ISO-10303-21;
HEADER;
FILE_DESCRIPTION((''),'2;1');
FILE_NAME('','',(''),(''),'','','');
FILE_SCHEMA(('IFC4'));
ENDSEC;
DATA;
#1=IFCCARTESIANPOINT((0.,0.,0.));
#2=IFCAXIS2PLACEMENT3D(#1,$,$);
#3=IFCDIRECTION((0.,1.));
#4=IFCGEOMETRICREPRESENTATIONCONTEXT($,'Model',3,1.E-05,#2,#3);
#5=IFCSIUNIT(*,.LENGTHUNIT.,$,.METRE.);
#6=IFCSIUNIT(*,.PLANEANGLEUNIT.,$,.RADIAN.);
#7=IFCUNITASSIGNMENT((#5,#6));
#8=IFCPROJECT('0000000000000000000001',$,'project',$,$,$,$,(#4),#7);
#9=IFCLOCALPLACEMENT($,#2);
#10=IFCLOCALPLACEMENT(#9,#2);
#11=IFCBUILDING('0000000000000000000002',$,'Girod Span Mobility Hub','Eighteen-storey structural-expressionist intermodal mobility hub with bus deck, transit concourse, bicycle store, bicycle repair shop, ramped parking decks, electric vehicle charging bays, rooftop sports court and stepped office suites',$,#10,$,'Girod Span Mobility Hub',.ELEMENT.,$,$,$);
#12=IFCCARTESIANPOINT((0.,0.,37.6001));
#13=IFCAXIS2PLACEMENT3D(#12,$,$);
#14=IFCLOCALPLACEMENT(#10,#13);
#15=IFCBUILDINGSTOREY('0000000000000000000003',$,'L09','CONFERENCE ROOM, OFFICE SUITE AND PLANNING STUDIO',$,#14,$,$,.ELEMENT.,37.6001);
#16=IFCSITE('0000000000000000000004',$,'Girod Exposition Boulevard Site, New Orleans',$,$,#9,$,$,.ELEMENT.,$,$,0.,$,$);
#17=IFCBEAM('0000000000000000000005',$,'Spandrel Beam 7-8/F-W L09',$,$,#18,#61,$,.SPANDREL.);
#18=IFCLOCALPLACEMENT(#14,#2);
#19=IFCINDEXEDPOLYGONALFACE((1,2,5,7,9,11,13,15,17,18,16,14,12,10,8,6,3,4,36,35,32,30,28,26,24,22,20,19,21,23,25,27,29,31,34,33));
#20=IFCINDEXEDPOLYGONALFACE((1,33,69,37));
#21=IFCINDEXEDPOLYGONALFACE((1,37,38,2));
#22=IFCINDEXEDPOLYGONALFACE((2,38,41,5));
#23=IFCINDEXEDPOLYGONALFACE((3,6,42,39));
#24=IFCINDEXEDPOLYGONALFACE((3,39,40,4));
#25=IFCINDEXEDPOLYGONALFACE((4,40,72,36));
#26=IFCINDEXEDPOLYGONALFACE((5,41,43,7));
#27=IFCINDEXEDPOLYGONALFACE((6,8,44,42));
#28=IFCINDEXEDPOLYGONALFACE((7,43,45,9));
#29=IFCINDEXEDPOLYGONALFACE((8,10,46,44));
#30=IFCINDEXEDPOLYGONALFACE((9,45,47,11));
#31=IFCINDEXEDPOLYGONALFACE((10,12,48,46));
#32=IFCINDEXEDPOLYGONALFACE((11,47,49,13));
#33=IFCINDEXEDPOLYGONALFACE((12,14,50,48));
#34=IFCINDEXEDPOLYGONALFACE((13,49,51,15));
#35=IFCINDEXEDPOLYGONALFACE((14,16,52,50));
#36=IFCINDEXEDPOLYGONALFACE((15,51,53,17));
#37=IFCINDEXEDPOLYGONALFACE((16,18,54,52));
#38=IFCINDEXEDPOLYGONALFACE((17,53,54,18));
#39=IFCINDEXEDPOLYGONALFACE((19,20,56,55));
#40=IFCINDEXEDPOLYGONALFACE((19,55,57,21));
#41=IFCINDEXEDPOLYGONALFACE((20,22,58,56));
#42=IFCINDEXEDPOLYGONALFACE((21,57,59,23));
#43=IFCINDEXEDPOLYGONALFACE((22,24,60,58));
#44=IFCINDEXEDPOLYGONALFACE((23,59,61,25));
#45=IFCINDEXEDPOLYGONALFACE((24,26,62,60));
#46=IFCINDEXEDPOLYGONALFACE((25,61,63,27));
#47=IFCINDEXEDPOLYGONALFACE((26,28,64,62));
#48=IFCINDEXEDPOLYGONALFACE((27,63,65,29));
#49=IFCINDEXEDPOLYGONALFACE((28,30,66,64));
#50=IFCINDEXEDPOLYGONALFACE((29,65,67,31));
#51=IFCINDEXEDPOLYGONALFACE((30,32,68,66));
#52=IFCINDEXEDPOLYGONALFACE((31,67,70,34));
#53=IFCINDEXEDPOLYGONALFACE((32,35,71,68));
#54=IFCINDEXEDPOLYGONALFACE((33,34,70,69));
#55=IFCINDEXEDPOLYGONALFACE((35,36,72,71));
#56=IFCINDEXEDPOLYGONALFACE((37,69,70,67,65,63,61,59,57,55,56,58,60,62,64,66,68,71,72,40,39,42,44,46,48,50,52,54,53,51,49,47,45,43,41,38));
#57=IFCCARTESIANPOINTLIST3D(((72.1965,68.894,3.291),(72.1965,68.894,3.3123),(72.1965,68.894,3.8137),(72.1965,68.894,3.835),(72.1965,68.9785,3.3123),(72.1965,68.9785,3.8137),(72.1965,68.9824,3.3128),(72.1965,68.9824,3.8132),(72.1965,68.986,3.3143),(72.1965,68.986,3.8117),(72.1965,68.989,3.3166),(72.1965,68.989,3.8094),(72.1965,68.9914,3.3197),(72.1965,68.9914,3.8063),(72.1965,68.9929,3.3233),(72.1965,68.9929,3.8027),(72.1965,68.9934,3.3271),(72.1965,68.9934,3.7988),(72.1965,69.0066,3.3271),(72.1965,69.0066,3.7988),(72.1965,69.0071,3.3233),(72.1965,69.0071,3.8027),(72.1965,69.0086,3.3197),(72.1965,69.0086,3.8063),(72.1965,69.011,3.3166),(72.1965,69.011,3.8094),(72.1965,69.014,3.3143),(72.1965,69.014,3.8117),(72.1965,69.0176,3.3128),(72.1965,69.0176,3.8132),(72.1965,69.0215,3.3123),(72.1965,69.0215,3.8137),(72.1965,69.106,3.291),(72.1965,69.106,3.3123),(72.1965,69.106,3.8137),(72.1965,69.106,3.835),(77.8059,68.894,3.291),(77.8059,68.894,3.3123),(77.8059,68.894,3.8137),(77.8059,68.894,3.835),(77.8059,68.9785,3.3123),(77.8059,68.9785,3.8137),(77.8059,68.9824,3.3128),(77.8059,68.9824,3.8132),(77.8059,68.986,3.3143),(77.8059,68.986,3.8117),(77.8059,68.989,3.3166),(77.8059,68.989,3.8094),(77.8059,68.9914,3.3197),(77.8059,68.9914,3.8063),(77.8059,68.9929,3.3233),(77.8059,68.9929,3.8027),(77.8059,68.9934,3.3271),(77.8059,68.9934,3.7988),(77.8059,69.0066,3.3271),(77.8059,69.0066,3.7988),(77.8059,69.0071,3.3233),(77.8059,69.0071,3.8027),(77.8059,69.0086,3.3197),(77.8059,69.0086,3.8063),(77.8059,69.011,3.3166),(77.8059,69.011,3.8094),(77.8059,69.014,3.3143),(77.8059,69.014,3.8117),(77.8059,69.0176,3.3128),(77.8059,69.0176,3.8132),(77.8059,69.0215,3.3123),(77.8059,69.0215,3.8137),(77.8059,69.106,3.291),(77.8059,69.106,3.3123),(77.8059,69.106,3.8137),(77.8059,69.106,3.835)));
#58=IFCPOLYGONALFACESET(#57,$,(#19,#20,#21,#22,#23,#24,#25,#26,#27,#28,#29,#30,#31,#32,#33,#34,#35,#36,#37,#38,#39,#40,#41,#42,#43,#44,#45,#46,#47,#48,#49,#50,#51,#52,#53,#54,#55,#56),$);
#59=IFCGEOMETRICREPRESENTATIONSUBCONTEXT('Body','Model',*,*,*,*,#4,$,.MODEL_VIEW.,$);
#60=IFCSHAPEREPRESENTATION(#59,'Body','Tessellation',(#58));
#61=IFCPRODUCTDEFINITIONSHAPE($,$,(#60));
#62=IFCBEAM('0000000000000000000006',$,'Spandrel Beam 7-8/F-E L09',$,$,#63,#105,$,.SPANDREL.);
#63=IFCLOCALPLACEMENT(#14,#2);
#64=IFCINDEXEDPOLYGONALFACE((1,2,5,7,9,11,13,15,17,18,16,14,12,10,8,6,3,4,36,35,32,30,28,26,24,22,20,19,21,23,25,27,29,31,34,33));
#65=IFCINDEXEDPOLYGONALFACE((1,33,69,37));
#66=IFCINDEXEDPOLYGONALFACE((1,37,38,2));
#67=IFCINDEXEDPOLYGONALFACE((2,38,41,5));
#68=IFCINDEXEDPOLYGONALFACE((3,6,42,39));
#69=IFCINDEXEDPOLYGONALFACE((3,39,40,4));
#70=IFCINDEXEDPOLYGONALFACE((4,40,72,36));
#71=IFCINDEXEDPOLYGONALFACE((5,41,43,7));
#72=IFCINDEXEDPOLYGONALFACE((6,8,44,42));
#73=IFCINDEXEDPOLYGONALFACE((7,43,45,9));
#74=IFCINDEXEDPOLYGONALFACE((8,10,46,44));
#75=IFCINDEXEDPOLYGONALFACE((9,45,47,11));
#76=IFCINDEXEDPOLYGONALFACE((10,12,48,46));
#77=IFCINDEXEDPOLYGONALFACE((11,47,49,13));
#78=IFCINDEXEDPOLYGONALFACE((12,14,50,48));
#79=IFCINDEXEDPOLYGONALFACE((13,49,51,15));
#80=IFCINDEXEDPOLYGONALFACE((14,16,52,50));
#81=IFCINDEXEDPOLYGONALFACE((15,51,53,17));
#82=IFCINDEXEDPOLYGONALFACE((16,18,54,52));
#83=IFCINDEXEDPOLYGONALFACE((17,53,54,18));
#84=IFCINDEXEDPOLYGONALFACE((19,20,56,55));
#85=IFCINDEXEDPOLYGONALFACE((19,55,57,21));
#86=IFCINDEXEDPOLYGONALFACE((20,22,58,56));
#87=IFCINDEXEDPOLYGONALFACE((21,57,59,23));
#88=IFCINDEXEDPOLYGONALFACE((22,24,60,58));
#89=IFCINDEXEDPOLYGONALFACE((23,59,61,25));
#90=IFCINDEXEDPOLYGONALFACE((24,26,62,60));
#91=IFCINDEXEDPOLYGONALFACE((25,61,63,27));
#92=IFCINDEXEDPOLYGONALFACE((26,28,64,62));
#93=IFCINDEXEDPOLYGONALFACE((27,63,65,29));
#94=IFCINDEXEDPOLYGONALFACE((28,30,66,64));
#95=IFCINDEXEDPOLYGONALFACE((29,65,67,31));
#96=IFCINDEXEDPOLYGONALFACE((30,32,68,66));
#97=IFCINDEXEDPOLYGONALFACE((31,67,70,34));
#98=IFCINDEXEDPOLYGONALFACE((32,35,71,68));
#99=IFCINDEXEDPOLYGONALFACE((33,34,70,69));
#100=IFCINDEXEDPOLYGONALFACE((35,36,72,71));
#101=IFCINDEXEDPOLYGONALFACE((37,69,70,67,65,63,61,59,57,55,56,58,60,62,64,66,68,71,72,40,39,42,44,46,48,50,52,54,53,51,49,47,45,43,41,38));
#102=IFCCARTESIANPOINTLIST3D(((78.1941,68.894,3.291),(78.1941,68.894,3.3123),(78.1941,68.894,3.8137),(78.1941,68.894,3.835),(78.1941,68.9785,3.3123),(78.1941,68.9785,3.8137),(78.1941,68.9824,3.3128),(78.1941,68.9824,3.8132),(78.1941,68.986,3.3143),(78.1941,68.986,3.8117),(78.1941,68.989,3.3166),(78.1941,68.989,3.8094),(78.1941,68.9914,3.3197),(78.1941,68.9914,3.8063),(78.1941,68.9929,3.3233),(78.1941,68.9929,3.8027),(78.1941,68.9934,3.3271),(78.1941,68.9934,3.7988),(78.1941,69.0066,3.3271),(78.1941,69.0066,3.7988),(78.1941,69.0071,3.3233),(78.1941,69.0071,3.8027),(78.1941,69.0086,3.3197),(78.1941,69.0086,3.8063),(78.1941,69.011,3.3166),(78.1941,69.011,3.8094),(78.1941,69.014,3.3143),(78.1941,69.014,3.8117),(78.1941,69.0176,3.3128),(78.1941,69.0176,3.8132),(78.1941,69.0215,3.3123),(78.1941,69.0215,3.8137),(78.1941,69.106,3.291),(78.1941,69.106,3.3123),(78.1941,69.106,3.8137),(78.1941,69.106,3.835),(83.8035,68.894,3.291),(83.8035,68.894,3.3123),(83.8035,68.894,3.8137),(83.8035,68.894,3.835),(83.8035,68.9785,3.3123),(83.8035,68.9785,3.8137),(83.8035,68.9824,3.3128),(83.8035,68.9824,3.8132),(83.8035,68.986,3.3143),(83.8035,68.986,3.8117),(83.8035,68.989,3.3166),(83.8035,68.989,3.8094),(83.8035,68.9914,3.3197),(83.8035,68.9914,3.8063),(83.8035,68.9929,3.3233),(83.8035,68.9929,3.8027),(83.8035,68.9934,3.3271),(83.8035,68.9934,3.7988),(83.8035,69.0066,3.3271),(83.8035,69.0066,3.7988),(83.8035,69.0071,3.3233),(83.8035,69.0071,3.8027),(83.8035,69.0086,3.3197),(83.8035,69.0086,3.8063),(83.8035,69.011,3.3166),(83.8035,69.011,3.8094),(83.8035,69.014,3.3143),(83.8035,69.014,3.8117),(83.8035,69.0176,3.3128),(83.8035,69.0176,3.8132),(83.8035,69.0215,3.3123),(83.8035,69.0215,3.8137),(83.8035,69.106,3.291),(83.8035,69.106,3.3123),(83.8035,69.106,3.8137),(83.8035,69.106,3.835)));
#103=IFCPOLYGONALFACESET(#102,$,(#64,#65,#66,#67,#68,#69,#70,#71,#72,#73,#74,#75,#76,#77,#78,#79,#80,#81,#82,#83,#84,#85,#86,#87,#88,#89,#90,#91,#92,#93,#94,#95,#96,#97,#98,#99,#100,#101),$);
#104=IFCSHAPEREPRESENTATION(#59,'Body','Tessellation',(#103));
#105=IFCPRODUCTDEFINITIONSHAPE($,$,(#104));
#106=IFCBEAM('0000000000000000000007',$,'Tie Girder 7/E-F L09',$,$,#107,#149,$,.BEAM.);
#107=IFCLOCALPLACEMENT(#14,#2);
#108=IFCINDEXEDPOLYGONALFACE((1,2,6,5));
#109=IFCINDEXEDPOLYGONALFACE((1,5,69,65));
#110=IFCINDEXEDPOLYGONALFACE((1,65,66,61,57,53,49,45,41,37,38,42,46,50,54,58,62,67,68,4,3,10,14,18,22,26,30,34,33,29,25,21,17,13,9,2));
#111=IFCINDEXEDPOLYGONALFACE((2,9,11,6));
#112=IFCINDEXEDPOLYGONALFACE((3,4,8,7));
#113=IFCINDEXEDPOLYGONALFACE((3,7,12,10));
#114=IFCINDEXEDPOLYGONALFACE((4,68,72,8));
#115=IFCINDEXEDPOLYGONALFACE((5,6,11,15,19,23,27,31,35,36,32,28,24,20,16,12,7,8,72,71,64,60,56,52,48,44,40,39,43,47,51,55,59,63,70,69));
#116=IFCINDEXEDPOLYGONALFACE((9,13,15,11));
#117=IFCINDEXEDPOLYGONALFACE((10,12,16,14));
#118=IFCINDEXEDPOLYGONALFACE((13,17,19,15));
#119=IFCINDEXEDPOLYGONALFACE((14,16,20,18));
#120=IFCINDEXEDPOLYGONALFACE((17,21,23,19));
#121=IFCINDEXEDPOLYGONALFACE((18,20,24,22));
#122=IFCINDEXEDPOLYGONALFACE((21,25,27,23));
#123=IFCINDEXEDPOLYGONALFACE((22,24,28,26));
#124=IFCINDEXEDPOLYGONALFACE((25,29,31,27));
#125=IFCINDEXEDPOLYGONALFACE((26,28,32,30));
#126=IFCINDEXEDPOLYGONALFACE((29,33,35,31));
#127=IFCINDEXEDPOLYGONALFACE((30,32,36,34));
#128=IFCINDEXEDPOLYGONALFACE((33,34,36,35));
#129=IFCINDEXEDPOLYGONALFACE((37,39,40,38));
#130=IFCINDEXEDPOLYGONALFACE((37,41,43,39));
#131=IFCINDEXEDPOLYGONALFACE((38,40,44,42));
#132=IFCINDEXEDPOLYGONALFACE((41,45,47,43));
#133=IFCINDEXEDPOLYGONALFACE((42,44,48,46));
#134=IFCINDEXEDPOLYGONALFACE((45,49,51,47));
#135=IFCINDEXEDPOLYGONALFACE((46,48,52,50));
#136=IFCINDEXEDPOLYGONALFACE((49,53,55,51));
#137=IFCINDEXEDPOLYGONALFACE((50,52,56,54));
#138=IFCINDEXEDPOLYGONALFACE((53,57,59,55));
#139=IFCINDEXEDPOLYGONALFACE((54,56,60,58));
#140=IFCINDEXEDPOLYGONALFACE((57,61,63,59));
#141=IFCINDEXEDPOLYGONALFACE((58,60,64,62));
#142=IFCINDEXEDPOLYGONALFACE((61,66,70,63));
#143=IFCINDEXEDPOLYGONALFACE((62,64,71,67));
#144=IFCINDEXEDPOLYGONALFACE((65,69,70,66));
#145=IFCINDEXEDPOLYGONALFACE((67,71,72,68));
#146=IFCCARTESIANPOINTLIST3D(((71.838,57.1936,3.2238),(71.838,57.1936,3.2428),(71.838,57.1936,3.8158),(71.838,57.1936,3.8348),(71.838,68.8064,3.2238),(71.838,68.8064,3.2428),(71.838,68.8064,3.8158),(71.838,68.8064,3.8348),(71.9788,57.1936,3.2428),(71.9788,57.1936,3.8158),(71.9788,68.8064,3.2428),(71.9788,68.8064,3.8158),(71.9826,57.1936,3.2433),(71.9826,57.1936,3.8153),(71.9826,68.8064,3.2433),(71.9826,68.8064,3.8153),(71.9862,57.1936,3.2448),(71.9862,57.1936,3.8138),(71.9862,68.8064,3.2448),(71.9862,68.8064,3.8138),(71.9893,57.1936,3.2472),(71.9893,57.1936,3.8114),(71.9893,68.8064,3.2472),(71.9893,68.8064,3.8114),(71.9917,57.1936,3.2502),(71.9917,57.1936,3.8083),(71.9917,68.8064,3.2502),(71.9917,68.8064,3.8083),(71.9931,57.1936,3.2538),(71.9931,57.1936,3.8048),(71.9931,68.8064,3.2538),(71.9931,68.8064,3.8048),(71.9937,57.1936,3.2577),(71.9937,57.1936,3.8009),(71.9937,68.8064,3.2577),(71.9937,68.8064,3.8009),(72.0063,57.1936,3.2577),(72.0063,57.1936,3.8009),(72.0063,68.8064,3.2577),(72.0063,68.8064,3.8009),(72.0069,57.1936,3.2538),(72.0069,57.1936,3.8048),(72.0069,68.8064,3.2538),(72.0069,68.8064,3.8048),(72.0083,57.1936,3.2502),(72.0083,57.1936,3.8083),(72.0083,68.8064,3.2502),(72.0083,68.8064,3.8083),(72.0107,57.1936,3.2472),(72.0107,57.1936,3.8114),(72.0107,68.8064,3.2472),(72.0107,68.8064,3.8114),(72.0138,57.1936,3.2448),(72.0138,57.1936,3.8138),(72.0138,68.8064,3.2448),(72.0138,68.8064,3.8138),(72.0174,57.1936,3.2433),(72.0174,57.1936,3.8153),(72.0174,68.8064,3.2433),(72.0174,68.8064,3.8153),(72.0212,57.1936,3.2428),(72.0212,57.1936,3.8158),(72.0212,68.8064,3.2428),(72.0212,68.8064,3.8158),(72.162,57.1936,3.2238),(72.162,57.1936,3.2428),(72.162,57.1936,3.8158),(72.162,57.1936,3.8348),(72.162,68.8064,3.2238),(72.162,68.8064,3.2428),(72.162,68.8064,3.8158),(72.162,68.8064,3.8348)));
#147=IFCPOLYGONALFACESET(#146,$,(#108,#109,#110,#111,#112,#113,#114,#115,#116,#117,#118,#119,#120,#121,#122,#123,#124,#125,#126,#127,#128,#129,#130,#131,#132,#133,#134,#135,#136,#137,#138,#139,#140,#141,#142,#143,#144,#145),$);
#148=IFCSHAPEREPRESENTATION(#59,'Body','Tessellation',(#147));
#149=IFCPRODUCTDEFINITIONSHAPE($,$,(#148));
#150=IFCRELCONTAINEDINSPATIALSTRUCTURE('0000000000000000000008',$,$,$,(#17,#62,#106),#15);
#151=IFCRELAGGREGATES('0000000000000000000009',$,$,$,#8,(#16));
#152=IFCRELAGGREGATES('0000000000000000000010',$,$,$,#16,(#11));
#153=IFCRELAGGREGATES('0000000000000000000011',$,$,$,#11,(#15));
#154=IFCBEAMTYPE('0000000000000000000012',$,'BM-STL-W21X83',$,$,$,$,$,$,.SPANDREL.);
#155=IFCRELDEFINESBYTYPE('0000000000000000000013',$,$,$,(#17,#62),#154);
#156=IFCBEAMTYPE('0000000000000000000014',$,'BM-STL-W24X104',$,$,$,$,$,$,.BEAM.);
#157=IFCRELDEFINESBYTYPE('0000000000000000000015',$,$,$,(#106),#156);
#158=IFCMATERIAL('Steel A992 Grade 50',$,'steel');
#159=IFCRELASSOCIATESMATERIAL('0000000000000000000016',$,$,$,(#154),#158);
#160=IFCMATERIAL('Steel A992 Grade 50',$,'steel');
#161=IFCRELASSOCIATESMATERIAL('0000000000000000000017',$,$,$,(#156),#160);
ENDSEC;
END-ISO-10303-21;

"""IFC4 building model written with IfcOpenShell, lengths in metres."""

from ifc_helpers import new_model, si_unit, direction, frame, origin, origin_2d, place, context, subcontext, project, spatial, i_section, extrude, material, material_profile, profile_set, type_object, element, save


model = new_model("IFC4")

# Units and contexts
model_context = context("Model", 3, precision=1e-05, world=origin(), true_north=direction((0.0, 1.0)))
body_context = subcontext(model_context, "Body", "Model", "MODEL_VIEW")
ifc_project = project(units=[si_unit("LENGTHUNIT", "METRE"), si_unit("PLANEANGLEUNIT", "RADIAN")], contexts=[model_context])

# Site, building, storey
site_placement = place(None, origin())
site = spatial("IfcSite", under=ifc_project, at=site_placement, Name="Girod Exposition Boulevard Site, New Orleans", CompositionType="ELEMENT", RefElevation=0.0)
building_placement = place(site_placement, origin())
building = spatial("IfcBuilding", under=site, at=building_placement, Name="Girod Span Mobility Hub", Description="Eighteen-storey structural-expressionist intermodal mobility hub with bus deck, transit concourse, bicycle store, bicycle repair shop, ramped parking decks, electric vehicle charging bays, rooftop sports court and stepped office suites", LongName="Girod Span Mobility Hub", CompositionType="ELEMENT")
storey_placement = place(building_placement, frame((0.0, 0.0, 37.6001)))
storey = spatial("IfcBuildingStorey", under=building, at=storey_placement, Name="L09", Description="CONFERENCE ROOM, OFFICE SUITE AND PLANNING STUDIO", CompositionType="ELEMENT", Elevation=37.6001)

# Beams
ifc_material_1 = material(Name="Steel A992 Grade 50", Category="steel")
ifc_material_profile_1 = material_profile(ifc_material_1, i_section(OverallWidth=0.2119, OverallDepth=0.5439, WebThickness=0.0132, FlangeThickness=0.0212, FilletRadius=0.0149, at=origin_2d()), Name="W21X83")
ifc_profile_set_1 = profile_set([ifc_material_profile_1], Name="Steel A992 Grade 50")
beam_type_1 = type_object("IfcBeamType", Name="BM-STL-W21X83", PredefinedType="SPANDREL", material=ifc_profile_set_1)
for number, where, z_axis, x_axis, name in (
    (1, (72.1965, 69.0, 3.563), (1.0, 0.0, 0.0), (0.0, 1.0, 0.0), "Spandrel Beam 7-8/F-W L09"),
    (2, (78.1941, 69.0, 3.563), (1.0, 0.0, 0.0), (0.0, 1.0, 0.0), "Spandrel Beam 7-8/F-E L09"),
):
    element("IfcBeam", number, at=place(storey_placement, frame(where, z_axis=z_axis, x_axis=x_axis)), inside=storey, type_object=beam_type_1, Name=name, PredefinedType="SPANDREL", context=body_context, shape_type="SweptSolid", body=[
        extrude(i_section(OverallWidth=0.2119, OverallDepth=0.5439, WebThickness=0.0132, FlangeThickness=0.0212, FilletRadius=0.0149, at=origin_2d()), origin(), (0.0, 0.0, 1.0), 5.6094),
    ])
ifc_material_2 = material(Name="Steel A992 Grade 50", Category="steel")
ifc_material_profile_2 = material_profile(ifc_material_2, i_section(OverallWidth=0.324, OverallDepth=0.6111, WebThickness=0.0127, FlangeThickness=0.019, FilletRadius=0.0149, at=origin_2d()), Name="W24X104")
ifc_profile_set_2 = profile_set([ifc_material_profile_2], Name="Steel A992 Grade 50")
beam_type_2 = type_object("IfcBeamType", Name="BM-STL-W24X104", PredefinedType="BEAM", material=ifc_profile_set_2)
beam_placement = place(storey_placement, frame((72.0, 57.1936, 3.5293), z_axis=(0.0, 1.0, 0.0), x_axis=(-1.0, 0.0, 0.0)))
element("IfcBeam", 3, at=beam_placement, inside=storey, type_object=beam_type_2, Name="Tie Girder 7/E-F L09", PredefinedType="BEAM", context=body_context, shape_type="SweptSolid", body=[
    extrude(i_section(OverallWidth=0.324, OverallDepth=0.6111, WebThickness=0.0127, FlangeThickness=0.019, FilletRadius=0.0149, at=origin_2d()), origin(), (0.0, 0.0, 1.0), 11.6128),
])

save(model, "model.ifc")
